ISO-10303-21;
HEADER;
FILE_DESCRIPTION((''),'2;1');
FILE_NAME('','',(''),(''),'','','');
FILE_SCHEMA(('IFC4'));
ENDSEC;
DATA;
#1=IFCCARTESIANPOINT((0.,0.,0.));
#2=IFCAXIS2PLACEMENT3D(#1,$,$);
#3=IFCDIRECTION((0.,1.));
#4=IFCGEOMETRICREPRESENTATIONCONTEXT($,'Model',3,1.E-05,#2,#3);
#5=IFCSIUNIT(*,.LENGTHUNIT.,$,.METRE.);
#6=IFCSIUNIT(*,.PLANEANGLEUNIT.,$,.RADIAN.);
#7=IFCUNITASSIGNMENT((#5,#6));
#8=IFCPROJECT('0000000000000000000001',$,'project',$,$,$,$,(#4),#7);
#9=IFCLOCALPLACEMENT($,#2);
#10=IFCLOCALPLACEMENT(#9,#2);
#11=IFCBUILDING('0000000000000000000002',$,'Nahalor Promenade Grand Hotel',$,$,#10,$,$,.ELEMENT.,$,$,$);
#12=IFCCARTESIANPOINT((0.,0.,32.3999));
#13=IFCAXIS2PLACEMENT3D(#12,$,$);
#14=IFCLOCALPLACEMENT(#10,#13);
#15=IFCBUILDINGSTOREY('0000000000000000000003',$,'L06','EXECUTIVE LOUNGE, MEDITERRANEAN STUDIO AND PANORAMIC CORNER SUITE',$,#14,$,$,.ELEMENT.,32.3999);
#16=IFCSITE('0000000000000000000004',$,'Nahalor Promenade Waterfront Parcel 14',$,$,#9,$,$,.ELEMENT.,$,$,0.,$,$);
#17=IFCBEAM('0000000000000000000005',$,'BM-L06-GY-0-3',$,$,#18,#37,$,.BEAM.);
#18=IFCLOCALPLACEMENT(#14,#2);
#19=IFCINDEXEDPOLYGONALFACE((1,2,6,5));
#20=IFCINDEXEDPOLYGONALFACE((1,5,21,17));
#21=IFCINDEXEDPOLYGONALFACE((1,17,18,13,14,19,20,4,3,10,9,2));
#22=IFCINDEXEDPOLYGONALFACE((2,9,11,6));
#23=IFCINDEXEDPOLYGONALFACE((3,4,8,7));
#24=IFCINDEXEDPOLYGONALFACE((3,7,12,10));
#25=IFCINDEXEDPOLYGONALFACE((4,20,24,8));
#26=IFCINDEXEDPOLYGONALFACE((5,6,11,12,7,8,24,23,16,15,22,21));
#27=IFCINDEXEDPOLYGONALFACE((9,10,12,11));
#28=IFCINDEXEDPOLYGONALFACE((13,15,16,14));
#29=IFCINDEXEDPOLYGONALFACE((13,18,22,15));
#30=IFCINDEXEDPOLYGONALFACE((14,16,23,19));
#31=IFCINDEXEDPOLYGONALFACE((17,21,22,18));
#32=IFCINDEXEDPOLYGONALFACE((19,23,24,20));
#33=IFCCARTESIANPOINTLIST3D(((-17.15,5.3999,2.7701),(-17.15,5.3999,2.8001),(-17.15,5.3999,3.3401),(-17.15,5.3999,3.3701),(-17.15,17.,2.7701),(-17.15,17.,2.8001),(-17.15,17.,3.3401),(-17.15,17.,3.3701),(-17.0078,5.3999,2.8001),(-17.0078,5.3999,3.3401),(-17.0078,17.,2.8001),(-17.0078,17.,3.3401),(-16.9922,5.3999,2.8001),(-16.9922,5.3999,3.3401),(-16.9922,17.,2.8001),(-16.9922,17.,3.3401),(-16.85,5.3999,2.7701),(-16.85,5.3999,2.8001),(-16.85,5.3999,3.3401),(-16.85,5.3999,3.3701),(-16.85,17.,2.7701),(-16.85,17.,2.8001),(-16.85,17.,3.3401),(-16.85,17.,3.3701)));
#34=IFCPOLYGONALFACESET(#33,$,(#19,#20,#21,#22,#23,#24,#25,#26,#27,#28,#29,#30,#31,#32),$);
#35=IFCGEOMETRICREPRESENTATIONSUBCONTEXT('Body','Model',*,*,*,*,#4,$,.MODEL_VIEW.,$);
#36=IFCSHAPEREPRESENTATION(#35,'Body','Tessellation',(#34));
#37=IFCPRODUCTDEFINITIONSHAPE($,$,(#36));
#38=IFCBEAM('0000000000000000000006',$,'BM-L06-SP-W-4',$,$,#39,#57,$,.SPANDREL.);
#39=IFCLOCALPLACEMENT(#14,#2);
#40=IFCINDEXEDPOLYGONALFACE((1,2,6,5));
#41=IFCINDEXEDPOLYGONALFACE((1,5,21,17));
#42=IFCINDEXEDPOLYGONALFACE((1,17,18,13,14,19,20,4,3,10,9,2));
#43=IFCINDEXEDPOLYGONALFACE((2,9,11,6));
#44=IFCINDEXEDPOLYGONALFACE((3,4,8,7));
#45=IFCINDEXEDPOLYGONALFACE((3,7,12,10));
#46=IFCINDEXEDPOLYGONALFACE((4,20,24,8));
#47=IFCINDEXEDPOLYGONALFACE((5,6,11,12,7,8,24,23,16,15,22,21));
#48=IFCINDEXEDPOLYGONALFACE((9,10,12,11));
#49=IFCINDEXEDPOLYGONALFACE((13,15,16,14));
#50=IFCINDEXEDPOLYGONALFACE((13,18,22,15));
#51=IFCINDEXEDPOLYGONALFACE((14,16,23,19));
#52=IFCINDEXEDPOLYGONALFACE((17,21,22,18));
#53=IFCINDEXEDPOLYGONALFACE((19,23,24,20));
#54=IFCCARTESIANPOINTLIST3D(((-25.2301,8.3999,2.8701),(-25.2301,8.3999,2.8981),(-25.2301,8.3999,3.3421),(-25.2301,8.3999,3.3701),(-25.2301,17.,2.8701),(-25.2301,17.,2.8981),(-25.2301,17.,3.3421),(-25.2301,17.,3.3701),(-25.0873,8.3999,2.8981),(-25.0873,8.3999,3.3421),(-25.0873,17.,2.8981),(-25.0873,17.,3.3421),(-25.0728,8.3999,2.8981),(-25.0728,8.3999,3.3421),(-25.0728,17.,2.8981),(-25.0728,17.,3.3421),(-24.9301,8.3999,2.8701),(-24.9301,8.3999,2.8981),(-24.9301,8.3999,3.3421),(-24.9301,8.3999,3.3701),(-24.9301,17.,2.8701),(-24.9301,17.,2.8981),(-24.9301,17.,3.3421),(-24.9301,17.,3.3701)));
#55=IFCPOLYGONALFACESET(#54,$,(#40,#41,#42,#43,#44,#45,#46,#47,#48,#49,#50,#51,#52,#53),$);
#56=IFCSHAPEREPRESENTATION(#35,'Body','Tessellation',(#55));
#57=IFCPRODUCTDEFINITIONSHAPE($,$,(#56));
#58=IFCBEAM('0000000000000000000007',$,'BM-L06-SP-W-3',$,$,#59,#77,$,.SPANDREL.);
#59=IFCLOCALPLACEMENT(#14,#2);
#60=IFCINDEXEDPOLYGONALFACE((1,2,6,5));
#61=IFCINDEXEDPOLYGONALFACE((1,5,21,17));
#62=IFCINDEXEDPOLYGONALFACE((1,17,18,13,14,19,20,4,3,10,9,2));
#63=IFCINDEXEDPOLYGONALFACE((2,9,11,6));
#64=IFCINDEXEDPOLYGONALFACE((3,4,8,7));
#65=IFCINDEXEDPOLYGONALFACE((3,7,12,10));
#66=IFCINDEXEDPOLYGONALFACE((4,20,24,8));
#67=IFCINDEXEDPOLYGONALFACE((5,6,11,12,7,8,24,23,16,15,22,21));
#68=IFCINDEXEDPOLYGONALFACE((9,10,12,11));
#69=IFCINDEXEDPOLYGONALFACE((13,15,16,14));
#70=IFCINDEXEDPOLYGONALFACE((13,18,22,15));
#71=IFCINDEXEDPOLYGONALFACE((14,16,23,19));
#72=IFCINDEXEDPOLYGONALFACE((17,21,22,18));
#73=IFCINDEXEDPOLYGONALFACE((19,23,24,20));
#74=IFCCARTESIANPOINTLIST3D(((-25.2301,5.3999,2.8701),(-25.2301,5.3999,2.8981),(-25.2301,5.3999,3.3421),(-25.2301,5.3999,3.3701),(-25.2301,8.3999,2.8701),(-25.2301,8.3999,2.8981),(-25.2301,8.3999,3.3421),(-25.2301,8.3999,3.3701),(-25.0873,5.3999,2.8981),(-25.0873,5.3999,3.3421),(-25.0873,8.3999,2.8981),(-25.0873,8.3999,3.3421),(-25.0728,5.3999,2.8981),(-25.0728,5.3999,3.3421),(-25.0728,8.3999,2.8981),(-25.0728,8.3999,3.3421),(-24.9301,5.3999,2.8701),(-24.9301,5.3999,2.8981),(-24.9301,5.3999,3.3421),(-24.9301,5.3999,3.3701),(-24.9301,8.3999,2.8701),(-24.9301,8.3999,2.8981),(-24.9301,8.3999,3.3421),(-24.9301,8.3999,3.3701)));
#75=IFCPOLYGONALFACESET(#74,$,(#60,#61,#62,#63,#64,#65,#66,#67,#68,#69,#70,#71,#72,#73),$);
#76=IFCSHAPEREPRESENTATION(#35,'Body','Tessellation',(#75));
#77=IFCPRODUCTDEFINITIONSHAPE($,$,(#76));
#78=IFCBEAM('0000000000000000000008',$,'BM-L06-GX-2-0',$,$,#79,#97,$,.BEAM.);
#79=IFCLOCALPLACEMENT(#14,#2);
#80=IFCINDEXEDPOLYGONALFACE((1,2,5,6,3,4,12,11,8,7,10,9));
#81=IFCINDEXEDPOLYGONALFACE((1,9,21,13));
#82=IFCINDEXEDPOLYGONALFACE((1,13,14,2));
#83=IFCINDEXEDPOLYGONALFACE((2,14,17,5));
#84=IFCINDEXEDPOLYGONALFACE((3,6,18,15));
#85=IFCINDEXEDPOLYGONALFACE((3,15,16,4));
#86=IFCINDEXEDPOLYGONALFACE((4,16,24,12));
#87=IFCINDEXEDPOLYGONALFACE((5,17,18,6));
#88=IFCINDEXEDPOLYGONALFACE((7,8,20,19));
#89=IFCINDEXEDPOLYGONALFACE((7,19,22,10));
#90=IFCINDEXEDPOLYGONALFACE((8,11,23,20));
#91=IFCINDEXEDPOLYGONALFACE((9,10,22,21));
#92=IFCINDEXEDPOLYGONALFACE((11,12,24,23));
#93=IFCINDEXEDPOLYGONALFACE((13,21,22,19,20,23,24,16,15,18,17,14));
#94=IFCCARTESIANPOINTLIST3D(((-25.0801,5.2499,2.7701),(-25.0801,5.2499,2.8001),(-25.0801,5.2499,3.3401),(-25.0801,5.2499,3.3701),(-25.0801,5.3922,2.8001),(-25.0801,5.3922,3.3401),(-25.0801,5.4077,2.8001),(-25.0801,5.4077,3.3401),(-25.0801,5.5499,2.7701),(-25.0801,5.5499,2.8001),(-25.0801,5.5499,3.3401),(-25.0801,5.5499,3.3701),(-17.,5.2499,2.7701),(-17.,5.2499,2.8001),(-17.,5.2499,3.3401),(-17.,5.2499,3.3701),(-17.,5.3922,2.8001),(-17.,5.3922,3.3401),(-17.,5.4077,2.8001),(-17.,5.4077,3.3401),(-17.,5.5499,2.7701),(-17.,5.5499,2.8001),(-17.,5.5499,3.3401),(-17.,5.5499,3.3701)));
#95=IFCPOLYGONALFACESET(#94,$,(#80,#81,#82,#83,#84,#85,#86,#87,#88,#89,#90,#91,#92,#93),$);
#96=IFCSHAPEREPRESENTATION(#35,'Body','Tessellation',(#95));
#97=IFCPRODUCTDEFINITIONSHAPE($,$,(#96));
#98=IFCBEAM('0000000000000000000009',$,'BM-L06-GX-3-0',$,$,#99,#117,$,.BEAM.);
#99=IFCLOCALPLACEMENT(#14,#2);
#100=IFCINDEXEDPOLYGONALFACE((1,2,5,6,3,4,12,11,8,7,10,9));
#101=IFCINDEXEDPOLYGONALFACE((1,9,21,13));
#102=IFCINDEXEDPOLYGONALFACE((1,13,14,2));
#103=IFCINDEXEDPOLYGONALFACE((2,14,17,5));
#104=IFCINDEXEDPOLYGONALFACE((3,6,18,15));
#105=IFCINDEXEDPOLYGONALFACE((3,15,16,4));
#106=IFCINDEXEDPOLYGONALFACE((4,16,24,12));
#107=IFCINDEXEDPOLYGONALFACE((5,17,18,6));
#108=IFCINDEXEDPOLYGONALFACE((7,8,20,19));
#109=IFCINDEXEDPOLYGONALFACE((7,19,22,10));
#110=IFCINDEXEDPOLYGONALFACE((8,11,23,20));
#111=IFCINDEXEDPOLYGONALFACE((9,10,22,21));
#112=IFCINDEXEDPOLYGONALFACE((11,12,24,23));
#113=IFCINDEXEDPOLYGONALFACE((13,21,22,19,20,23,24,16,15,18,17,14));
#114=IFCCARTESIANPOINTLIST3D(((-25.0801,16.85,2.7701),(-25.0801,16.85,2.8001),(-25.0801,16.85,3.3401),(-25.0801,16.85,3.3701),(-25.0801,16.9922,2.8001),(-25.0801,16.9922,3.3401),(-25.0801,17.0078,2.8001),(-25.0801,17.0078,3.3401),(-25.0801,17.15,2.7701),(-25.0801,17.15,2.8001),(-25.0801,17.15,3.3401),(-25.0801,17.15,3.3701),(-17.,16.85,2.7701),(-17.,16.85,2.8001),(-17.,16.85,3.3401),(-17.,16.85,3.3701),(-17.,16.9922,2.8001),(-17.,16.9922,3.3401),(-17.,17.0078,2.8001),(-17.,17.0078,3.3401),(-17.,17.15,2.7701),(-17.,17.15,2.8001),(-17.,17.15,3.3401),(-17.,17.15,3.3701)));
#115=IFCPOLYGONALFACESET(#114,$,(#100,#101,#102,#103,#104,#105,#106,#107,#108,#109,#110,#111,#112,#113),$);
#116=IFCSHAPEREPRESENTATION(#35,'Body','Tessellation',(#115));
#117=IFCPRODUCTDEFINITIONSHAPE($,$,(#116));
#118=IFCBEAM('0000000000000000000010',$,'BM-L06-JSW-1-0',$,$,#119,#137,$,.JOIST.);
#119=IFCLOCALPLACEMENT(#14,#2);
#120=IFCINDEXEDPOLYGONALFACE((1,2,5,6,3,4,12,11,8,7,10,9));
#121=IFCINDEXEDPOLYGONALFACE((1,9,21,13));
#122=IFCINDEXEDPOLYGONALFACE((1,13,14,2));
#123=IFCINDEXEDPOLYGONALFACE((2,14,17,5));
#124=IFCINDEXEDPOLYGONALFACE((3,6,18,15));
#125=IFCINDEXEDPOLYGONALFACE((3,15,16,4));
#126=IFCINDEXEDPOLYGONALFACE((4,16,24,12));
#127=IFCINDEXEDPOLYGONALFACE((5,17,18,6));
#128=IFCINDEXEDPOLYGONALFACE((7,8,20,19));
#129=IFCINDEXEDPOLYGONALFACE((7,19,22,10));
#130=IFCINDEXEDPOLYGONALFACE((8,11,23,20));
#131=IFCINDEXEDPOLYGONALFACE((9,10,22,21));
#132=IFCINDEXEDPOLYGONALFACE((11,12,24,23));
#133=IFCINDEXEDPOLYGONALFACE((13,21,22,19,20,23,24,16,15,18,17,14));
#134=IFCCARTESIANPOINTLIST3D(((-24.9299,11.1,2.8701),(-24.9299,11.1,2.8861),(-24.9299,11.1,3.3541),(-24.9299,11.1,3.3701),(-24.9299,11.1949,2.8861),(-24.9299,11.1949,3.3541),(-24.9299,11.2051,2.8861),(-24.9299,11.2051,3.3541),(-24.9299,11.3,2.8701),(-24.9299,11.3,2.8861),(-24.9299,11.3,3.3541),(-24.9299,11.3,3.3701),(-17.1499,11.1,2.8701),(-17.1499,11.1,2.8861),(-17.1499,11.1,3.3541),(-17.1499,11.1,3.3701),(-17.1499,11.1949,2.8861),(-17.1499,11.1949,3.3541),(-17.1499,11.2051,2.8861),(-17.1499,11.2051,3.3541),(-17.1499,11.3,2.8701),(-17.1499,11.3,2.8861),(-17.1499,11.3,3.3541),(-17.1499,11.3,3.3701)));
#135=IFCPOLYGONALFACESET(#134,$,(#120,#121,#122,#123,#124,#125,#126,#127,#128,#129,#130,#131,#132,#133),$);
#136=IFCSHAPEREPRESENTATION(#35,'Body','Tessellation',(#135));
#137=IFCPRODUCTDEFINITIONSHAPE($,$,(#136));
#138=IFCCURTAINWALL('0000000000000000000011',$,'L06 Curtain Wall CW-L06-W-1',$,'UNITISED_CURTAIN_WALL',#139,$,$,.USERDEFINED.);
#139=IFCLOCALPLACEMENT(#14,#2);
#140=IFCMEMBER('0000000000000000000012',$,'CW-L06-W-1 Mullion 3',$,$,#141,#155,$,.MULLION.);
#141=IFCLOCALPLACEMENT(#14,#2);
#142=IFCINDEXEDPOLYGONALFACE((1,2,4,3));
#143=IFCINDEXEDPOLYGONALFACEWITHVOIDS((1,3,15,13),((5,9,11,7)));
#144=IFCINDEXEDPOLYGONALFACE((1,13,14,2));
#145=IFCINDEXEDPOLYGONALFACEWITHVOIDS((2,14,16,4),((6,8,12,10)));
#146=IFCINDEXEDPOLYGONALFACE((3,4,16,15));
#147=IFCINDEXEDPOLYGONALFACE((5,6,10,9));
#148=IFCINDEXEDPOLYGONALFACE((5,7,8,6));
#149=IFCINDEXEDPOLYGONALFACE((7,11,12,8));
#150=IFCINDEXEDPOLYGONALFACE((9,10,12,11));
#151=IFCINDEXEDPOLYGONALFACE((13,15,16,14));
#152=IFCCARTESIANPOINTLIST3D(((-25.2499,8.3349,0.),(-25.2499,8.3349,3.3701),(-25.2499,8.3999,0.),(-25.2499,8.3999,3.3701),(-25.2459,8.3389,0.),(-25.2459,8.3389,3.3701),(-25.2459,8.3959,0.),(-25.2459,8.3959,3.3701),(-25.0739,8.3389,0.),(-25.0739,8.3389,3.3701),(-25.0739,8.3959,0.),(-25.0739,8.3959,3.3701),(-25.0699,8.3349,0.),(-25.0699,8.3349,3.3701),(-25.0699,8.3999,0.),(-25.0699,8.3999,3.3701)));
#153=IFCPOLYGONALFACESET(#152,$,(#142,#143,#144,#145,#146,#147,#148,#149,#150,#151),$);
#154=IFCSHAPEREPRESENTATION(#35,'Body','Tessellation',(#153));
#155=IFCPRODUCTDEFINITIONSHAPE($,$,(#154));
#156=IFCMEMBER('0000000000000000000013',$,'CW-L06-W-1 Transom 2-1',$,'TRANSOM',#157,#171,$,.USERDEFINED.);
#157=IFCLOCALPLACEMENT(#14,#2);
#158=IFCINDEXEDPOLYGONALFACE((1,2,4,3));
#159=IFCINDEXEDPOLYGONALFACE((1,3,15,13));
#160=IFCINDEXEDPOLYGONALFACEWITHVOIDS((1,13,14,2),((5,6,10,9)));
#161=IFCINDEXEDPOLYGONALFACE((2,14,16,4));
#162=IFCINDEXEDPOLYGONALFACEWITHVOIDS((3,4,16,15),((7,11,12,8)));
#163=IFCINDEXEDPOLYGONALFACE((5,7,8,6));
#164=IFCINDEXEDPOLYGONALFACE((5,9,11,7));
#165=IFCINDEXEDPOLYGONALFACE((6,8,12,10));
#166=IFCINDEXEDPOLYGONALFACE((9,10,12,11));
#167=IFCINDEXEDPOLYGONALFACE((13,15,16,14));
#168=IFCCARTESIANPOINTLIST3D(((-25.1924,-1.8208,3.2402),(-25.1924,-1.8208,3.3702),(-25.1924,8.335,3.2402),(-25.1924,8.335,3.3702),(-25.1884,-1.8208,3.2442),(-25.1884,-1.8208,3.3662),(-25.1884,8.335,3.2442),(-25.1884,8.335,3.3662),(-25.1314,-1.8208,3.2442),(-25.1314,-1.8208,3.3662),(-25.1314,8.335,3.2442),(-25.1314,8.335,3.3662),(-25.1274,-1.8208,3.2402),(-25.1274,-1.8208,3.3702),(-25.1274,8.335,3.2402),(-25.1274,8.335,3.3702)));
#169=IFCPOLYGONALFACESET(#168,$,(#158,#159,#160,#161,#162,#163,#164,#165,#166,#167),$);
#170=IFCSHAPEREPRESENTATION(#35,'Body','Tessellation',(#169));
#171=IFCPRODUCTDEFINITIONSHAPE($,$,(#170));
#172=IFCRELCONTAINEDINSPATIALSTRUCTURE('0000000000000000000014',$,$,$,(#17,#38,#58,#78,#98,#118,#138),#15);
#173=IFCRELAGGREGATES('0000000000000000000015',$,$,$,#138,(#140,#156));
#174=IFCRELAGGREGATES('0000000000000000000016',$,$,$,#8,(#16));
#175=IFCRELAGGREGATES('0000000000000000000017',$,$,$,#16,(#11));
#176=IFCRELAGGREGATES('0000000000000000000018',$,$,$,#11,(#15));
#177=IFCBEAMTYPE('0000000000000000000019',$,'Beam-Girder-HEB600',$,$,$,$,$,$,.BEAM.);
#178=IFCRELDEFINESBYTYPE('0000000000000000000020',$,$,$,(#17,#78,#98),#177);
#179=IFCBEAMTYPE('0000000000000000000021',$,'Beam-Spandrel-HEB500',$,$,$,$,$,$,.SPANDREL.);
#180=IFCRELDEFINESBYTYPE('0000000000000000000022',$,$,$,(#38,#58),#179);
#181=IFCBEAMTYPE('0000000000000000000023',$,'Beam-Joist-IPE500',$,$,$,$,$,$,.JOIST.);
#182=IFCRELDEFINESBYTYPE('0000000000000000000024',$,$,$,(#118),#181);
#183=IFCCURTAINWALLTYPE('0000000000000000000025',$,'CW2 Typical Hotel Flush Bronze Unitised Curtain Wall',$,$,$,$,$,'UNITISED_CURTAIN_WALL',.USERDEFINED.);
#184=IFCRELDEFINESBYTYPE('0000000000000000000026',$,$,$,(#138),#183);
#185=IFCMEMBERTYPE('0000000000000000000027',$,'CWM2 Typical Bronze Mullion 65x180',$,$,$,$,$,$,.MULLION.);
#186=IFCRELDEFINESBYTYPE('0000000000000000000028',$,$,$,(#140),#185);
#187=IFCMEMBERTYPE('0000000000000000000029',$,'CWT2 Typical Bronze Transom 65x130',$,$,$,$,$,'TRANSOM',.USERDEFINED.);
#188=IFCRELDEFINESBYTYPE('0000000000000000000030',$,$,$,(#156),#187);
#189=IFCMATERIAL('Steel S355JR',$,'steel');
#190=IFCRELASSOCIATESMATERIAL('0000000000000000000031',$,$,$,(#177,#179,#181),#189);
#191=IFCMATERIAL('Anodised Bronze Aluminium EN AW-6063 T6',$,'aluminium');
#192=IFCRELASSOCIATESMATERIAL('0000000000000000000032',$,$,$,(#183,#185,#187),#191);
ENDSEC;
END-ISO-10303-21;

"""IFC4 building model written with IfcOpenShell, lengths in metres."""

from ifc_helpers import new_model, si_unit, direction, frame, origin, origin_2d, place, context, subcontext, project, spatial, hollow_rectangle, i_section, extrude, source, transform, mapped, material, material_profile, profile_set, type_object, element, aggregate, save


model = new_model("IFC4")

# Units and contexts
model_context = context("Model", 3, precision=1e-05, world=origin(), true_north=direction((0.0, 1.0)))
body_context = subcontext(model_context, "Body", "Model", "MODEL_VIEW")
ifc_project = project(units=[si_unit("LENGTHUNIT", "METRE"), si_unit("PLANEANGLEUNIT", "RADIAN")], contexts=[model_context])

# Site, building, storey
site_placement = place(None, origin())
site = spatial("IfcSite", under=ifc_project, at=site_placement, Name="Nahalor Promenade Waterfront Parcel 14", CompositionType="ELEMENT", RefElevation=0.0)
building_placement = place(site_placement, origin())
building = spatial("IfcBuilding", under=site, at=building_placement, Name="Nahalor Promenade Grand Hotel", CompositionType="ELEMENT")
storey_placement = place(building_placement, frame((0.0, 0.0, 32.3999)))
storey = spatial("IfcBuildingStorey", under=building, at=storey_placement, Name="L06", Description="EXECUTIVE LOUNGE, MEDITERRANEAN STUDIO AND PANORAMIC CORNER SUITE", CompositionType="ELEMENT", Elevation=32.3999)

# Beams
ifc_material_1 = material(Name="Steel S355JR", Category="steel")
ifc_material_profile_1 = material_profile(ifc_material_1, i_section(OverallWidth=0.3, OverallDepth=0.6, WebThickness=0.0155, FlangeThickness=0.03, at=origin_2d()), Name="HEB 600")
ifc_profile_set_1 = profile_set([ifc_material_profile_1], Name="Steel S355JR")
beam_type_1 = type_object("IfcBeamType", Name="Beam-Girder-HEB600", PredefinedType="BEAM", material=ifc_profile_set_1)
shared_shape_1 = source(origin(), body_context, "Body", "SweptSolid", [
    extrude(i_section(OverallWidth=0.3, OverallDepth=0.6, WebThickness=0.0155, FlangeThickness=0.03, at=origin_2d()), origin(), (0.0, 0.0, 1.0), 11.6001),
])
beam_1_placement = place(storey_placement, frame((-17.0, 5.3999, 3.0701), z_axis=(0.0, 1.0, 0.0), x_axis=(-1.0, 0.0, 0.0)))
element("IfcBeam", 1, at=beam_1_placement, inside=storey, type_object=beam_type_1, Name="BM-L06-GY-0-3", PredefinedType="BEAM", context=body_context, shape_type="MappedRepresentation", body=[
    mapped(shared_shape_1, transform((0.0, 0.0, 0.0), scale=1.0)),
])
ifc_material_profile_2 = material_profile(ifc_material_1, i_section(OverallWidth=0.3, OverallDepth=0.5, WebThickness=0.0145, FlangeThickness=0.028, at=origin_2d()), Name="HEB 500")
ifc_profile_set_2 = profile_set([ifc_material_profile_2], Name="Steel S355JR")
beam_type_2 = type_object("IfcBeamType", Name="Beam-Spandrel-HEB500", PredefinedType="SPANDREL", material=ifc_profile_set_2)
shared_shape_2 = source(origin(), body_context, "Body", "SweptSolid", [
    extrude(i_section(OverallWidth=0.3, OverallDepth=0.5, WebThickness=0.0145, FlangeThickness=0.028, at=origin_2d()), origin(), (0.0, 0.0, 1.0), 8.6001),
])
beam_2_placement = place(storey_placement, frame((-25.0801, 8.3999, 3.1201), z_axis=(0.0, 1.0, 0.0), x_axis=(-1.0, 0.0, 0.0)))
element("IfcBeam", 2, at=beam_2_placement, inside=storey, type_object=beam_type_2, Name="BM-L06-SP-W-4", PredefinedType="SPANDREL", context=body_context, shape_type="MappedRepresentation", body=[
    mapped(shared_shape_2, transform((0.0, 0.0, 0.0), scale=1.0)),
])
shared_shape_3 = source(origin(), body_context, "Body", "SweptSolid", [
    extrude(i_section(OverallWidth=0.3, OverallDepth=0.5, WebThickness=0.0145, FlangeThickness=0.028, at=origin_2d()), origin(), (0.0, 0.0, 1.0), 3.0),
])
beam_3_placement = place(storey_placement, frame((-25.0801, 5.3999, 3.1201), z_axis=(0.0, 1.0, 0.0), x_axis=(-1.0, 0.0, 0.0)))
element("IfcBeam", 3, at=beam_3_placement, inside=storey, type_object=beam_type_2, Name="BM-L06-SP-W-3", PredefinedType="SPANDREL", context=body_context, shape_type="MappedRepresentation", body=[
    mapped(shared_shape_3, transform((0.0, 0.0, 0.0), scale=1.0)),
])
shared_shape_4 = source(origin(), body_context, "Body", "SweptSolid", [
    extrude(i_section(OverallWidth=0.3, OverallDepth=0.6, WebThickness=0.0155, FlangeThickness=0.03, at=origin_2d()), origin(), (0.0, 0.0, 1.0), 8.0801),
])
for number, where, z_axis, x_axis, name in (
    (4, (-25.0801, 5.3999, 3.0701), (1.0, 0.0, 0.0), (0.0, 1.0, 0.0), "BM-L06-GX-2-0"),
    (5, (-25.0801, 17.0, 3.0701), (1.0, 0.0, 0.0), (0.0, 1.0, 0.0), "BM-L06-GX-3-0"),
):
    element("IfcBeam", number, at=place(storey_placement, frame(where, z_axis=z_axis, x_axis=x_axis)), inside=storey, type_object=beam_type_1, Name=name, PredefinedType="BEAM", context=body_context, shape_type="MappedRepresentation", body=[
        mapped(shared_shape_4, transform((0.0, 0.0, 0.0), scale=1.0)),
    ])
ifc_material_profile_3 = material_profile(ifc_material_1, i_section(OverallWidth=0.2, OverallDepth=0.5, WebThickness=0.0102, FlangeThickness=0.016, at=origin_2d()), Name="IPE 500")
ifc_profile_set_3 = profile_set([ifc_material_profile_3], Name="Steel S355JR")
beam_type_3 = type_object("IfcBeamType", Name="Beam-Joist-IPE500", PredefinedType="JOIST", material=ifc_profile_set_3)
shared_shape_5 = source(origin(), body_context, "Body", "SweptSolid", [
    extrude(i_section(OverallWidth=0.2, OverallDepth=0.5, WebThickness=0.0102, FlangeThickness=0.016, at=origin_2d()), origin(), (0.0, 0.0, 1.0), 7.78),
])
beam_4_placement = place(storey_placement, frame((-24.9299, 11.2, 3.1201), z_axis=(1.0, 0.0, 0.0), x_axis=(0.0, 1.0, 0.0)))
element("IfcBeam", 6, at=beam_4_placement, inside=storey, type_object=beam_type_3, Name="BM-L06-JSW-1-0", PredefinedType="JOIST", context=body_context, shape_type="MappedRepresentation", body=[
    mapped(shared_shape_5, transform((0.0, 0.0, 0.0), scale=1.0)),
])

# Curtain wall, members
ifc_material_2 = material(Name="Anodised Bronze Aluminium EN AW-6063 T6", Category="aluminium")
curtain_wall_type = type_object("IfcCurtainWallType", Name="CW2 Typical Hotel Flush Bronze Unitised Curtain Wall", ElementType="UNITISED_CURTAIN_WALL", PredefinedType="USERDEFINED", material=ifc_material_2)
curtain_wall_placement = place(storey_placement, origin())
curtain_wall = element("IfcCurtainWall", 7, at=curtain_wall_placement, inside=storey, type_object=curtain_wall_type, Name="L06 Curtain Wall CW-L06-W-1", ObjectType="UNITISED_CURTAIN_WALL", PredefinedType="USERDEFINED")
ifc_material_profile_4 = material_profile(ifc_material_2, hollow_rectangle(XDim=0.065, YDim=0.18, WallThickness=0.004, at=origin_2d()), Name="CWM 65x180x4")
ifc_profile_set_4 = profile_set([ifc_material_profile_4], Name="Anodised Bronze Aluminium EN AW-6063 T6")
member_type_1 = type_object("IfcMemberType", Name="CWM2 Typical Bronze Mullion 65x180", PredefinedType="MULLION", material=ifc_profile_set_4)
shared_shape_6 = source(origin(), body_context, "Body", "SweptSolid", [
    extrude(hollow_rectangle(XDim=0.065, YDim=0.18, WallThickness=0.004, at=origin_2d()), origin(), (0.0, 0.0, 1.0), 3.3701),
])
member_1_placement = place(storey_placement, frame((-25.1599, 8.3674, 0.0), z_axis=(0.0, 0.0, 1.0), x_axis=(0.0, 1.0, 0.0)))
member_1 = element("IfcMember", 8, at=member_1_placement, type_object=member_type_1, Name="CW-L06-W-1 Mullion 3", PredefinedType="MULLION", context=body_context, shape_type="MappedRepresentation", body=[
    mapped(shared_shape_6, transform((0.0, 0.0, 0.0), scale=1.0)),
])
ifc_material_profile_5 = material_profile(ifc_material_2, hollow_rectangle(XDim=0.065, YDim=0.13, WallThickness=0.004, at=origin_2d()), Name="CWT 65x130x4")
ifc_profile_set_5 = profile_set([ifc_material_profile_5], Name="Anodised Bronze Aluminium EN AW-6063 T6")
member_type_2 = type_object("IfcMemberType", Name="CWT2 Typical Bronze Transom 65x130", ElementType="TRANSOM", PredefinedType="USERDEFINED", material=ifc_profile_set_5)
shared_shape_7 = source(origin(), body_context, "Body", "SweptSolid", [
    extrude(hollow_rectangle(XDim=0.065, YDim=0.13, WallThickness=0.004, at=origin_2d()), origin(), (0.0, 0.0, 1.0), 10.1558),
])
member_2_placement = place(storey_placement, frame((-25.1599, -1.8208, 3.3052), z_axis=(0.0, 1.0, 0.0), x_axis=(-1.0, 0.0, 0.0)))
member_2 = element("IfcMember", 9, at=member_2_placement, type_object=member_type_2, Name="CW-L06-W-1 Transom 2-1", ObjectType="TRANSOM", PredefinedType="USERDEFINED", context=body_context, shape_type="MappedRepresentation", body=[
    mapped(shared_shape_7, transform((0.0, 0.0, 0.0), scale=1.0)),
])
aggregate(curtain_wall, [member_1, member_2])

save(model, "model.ifc")
